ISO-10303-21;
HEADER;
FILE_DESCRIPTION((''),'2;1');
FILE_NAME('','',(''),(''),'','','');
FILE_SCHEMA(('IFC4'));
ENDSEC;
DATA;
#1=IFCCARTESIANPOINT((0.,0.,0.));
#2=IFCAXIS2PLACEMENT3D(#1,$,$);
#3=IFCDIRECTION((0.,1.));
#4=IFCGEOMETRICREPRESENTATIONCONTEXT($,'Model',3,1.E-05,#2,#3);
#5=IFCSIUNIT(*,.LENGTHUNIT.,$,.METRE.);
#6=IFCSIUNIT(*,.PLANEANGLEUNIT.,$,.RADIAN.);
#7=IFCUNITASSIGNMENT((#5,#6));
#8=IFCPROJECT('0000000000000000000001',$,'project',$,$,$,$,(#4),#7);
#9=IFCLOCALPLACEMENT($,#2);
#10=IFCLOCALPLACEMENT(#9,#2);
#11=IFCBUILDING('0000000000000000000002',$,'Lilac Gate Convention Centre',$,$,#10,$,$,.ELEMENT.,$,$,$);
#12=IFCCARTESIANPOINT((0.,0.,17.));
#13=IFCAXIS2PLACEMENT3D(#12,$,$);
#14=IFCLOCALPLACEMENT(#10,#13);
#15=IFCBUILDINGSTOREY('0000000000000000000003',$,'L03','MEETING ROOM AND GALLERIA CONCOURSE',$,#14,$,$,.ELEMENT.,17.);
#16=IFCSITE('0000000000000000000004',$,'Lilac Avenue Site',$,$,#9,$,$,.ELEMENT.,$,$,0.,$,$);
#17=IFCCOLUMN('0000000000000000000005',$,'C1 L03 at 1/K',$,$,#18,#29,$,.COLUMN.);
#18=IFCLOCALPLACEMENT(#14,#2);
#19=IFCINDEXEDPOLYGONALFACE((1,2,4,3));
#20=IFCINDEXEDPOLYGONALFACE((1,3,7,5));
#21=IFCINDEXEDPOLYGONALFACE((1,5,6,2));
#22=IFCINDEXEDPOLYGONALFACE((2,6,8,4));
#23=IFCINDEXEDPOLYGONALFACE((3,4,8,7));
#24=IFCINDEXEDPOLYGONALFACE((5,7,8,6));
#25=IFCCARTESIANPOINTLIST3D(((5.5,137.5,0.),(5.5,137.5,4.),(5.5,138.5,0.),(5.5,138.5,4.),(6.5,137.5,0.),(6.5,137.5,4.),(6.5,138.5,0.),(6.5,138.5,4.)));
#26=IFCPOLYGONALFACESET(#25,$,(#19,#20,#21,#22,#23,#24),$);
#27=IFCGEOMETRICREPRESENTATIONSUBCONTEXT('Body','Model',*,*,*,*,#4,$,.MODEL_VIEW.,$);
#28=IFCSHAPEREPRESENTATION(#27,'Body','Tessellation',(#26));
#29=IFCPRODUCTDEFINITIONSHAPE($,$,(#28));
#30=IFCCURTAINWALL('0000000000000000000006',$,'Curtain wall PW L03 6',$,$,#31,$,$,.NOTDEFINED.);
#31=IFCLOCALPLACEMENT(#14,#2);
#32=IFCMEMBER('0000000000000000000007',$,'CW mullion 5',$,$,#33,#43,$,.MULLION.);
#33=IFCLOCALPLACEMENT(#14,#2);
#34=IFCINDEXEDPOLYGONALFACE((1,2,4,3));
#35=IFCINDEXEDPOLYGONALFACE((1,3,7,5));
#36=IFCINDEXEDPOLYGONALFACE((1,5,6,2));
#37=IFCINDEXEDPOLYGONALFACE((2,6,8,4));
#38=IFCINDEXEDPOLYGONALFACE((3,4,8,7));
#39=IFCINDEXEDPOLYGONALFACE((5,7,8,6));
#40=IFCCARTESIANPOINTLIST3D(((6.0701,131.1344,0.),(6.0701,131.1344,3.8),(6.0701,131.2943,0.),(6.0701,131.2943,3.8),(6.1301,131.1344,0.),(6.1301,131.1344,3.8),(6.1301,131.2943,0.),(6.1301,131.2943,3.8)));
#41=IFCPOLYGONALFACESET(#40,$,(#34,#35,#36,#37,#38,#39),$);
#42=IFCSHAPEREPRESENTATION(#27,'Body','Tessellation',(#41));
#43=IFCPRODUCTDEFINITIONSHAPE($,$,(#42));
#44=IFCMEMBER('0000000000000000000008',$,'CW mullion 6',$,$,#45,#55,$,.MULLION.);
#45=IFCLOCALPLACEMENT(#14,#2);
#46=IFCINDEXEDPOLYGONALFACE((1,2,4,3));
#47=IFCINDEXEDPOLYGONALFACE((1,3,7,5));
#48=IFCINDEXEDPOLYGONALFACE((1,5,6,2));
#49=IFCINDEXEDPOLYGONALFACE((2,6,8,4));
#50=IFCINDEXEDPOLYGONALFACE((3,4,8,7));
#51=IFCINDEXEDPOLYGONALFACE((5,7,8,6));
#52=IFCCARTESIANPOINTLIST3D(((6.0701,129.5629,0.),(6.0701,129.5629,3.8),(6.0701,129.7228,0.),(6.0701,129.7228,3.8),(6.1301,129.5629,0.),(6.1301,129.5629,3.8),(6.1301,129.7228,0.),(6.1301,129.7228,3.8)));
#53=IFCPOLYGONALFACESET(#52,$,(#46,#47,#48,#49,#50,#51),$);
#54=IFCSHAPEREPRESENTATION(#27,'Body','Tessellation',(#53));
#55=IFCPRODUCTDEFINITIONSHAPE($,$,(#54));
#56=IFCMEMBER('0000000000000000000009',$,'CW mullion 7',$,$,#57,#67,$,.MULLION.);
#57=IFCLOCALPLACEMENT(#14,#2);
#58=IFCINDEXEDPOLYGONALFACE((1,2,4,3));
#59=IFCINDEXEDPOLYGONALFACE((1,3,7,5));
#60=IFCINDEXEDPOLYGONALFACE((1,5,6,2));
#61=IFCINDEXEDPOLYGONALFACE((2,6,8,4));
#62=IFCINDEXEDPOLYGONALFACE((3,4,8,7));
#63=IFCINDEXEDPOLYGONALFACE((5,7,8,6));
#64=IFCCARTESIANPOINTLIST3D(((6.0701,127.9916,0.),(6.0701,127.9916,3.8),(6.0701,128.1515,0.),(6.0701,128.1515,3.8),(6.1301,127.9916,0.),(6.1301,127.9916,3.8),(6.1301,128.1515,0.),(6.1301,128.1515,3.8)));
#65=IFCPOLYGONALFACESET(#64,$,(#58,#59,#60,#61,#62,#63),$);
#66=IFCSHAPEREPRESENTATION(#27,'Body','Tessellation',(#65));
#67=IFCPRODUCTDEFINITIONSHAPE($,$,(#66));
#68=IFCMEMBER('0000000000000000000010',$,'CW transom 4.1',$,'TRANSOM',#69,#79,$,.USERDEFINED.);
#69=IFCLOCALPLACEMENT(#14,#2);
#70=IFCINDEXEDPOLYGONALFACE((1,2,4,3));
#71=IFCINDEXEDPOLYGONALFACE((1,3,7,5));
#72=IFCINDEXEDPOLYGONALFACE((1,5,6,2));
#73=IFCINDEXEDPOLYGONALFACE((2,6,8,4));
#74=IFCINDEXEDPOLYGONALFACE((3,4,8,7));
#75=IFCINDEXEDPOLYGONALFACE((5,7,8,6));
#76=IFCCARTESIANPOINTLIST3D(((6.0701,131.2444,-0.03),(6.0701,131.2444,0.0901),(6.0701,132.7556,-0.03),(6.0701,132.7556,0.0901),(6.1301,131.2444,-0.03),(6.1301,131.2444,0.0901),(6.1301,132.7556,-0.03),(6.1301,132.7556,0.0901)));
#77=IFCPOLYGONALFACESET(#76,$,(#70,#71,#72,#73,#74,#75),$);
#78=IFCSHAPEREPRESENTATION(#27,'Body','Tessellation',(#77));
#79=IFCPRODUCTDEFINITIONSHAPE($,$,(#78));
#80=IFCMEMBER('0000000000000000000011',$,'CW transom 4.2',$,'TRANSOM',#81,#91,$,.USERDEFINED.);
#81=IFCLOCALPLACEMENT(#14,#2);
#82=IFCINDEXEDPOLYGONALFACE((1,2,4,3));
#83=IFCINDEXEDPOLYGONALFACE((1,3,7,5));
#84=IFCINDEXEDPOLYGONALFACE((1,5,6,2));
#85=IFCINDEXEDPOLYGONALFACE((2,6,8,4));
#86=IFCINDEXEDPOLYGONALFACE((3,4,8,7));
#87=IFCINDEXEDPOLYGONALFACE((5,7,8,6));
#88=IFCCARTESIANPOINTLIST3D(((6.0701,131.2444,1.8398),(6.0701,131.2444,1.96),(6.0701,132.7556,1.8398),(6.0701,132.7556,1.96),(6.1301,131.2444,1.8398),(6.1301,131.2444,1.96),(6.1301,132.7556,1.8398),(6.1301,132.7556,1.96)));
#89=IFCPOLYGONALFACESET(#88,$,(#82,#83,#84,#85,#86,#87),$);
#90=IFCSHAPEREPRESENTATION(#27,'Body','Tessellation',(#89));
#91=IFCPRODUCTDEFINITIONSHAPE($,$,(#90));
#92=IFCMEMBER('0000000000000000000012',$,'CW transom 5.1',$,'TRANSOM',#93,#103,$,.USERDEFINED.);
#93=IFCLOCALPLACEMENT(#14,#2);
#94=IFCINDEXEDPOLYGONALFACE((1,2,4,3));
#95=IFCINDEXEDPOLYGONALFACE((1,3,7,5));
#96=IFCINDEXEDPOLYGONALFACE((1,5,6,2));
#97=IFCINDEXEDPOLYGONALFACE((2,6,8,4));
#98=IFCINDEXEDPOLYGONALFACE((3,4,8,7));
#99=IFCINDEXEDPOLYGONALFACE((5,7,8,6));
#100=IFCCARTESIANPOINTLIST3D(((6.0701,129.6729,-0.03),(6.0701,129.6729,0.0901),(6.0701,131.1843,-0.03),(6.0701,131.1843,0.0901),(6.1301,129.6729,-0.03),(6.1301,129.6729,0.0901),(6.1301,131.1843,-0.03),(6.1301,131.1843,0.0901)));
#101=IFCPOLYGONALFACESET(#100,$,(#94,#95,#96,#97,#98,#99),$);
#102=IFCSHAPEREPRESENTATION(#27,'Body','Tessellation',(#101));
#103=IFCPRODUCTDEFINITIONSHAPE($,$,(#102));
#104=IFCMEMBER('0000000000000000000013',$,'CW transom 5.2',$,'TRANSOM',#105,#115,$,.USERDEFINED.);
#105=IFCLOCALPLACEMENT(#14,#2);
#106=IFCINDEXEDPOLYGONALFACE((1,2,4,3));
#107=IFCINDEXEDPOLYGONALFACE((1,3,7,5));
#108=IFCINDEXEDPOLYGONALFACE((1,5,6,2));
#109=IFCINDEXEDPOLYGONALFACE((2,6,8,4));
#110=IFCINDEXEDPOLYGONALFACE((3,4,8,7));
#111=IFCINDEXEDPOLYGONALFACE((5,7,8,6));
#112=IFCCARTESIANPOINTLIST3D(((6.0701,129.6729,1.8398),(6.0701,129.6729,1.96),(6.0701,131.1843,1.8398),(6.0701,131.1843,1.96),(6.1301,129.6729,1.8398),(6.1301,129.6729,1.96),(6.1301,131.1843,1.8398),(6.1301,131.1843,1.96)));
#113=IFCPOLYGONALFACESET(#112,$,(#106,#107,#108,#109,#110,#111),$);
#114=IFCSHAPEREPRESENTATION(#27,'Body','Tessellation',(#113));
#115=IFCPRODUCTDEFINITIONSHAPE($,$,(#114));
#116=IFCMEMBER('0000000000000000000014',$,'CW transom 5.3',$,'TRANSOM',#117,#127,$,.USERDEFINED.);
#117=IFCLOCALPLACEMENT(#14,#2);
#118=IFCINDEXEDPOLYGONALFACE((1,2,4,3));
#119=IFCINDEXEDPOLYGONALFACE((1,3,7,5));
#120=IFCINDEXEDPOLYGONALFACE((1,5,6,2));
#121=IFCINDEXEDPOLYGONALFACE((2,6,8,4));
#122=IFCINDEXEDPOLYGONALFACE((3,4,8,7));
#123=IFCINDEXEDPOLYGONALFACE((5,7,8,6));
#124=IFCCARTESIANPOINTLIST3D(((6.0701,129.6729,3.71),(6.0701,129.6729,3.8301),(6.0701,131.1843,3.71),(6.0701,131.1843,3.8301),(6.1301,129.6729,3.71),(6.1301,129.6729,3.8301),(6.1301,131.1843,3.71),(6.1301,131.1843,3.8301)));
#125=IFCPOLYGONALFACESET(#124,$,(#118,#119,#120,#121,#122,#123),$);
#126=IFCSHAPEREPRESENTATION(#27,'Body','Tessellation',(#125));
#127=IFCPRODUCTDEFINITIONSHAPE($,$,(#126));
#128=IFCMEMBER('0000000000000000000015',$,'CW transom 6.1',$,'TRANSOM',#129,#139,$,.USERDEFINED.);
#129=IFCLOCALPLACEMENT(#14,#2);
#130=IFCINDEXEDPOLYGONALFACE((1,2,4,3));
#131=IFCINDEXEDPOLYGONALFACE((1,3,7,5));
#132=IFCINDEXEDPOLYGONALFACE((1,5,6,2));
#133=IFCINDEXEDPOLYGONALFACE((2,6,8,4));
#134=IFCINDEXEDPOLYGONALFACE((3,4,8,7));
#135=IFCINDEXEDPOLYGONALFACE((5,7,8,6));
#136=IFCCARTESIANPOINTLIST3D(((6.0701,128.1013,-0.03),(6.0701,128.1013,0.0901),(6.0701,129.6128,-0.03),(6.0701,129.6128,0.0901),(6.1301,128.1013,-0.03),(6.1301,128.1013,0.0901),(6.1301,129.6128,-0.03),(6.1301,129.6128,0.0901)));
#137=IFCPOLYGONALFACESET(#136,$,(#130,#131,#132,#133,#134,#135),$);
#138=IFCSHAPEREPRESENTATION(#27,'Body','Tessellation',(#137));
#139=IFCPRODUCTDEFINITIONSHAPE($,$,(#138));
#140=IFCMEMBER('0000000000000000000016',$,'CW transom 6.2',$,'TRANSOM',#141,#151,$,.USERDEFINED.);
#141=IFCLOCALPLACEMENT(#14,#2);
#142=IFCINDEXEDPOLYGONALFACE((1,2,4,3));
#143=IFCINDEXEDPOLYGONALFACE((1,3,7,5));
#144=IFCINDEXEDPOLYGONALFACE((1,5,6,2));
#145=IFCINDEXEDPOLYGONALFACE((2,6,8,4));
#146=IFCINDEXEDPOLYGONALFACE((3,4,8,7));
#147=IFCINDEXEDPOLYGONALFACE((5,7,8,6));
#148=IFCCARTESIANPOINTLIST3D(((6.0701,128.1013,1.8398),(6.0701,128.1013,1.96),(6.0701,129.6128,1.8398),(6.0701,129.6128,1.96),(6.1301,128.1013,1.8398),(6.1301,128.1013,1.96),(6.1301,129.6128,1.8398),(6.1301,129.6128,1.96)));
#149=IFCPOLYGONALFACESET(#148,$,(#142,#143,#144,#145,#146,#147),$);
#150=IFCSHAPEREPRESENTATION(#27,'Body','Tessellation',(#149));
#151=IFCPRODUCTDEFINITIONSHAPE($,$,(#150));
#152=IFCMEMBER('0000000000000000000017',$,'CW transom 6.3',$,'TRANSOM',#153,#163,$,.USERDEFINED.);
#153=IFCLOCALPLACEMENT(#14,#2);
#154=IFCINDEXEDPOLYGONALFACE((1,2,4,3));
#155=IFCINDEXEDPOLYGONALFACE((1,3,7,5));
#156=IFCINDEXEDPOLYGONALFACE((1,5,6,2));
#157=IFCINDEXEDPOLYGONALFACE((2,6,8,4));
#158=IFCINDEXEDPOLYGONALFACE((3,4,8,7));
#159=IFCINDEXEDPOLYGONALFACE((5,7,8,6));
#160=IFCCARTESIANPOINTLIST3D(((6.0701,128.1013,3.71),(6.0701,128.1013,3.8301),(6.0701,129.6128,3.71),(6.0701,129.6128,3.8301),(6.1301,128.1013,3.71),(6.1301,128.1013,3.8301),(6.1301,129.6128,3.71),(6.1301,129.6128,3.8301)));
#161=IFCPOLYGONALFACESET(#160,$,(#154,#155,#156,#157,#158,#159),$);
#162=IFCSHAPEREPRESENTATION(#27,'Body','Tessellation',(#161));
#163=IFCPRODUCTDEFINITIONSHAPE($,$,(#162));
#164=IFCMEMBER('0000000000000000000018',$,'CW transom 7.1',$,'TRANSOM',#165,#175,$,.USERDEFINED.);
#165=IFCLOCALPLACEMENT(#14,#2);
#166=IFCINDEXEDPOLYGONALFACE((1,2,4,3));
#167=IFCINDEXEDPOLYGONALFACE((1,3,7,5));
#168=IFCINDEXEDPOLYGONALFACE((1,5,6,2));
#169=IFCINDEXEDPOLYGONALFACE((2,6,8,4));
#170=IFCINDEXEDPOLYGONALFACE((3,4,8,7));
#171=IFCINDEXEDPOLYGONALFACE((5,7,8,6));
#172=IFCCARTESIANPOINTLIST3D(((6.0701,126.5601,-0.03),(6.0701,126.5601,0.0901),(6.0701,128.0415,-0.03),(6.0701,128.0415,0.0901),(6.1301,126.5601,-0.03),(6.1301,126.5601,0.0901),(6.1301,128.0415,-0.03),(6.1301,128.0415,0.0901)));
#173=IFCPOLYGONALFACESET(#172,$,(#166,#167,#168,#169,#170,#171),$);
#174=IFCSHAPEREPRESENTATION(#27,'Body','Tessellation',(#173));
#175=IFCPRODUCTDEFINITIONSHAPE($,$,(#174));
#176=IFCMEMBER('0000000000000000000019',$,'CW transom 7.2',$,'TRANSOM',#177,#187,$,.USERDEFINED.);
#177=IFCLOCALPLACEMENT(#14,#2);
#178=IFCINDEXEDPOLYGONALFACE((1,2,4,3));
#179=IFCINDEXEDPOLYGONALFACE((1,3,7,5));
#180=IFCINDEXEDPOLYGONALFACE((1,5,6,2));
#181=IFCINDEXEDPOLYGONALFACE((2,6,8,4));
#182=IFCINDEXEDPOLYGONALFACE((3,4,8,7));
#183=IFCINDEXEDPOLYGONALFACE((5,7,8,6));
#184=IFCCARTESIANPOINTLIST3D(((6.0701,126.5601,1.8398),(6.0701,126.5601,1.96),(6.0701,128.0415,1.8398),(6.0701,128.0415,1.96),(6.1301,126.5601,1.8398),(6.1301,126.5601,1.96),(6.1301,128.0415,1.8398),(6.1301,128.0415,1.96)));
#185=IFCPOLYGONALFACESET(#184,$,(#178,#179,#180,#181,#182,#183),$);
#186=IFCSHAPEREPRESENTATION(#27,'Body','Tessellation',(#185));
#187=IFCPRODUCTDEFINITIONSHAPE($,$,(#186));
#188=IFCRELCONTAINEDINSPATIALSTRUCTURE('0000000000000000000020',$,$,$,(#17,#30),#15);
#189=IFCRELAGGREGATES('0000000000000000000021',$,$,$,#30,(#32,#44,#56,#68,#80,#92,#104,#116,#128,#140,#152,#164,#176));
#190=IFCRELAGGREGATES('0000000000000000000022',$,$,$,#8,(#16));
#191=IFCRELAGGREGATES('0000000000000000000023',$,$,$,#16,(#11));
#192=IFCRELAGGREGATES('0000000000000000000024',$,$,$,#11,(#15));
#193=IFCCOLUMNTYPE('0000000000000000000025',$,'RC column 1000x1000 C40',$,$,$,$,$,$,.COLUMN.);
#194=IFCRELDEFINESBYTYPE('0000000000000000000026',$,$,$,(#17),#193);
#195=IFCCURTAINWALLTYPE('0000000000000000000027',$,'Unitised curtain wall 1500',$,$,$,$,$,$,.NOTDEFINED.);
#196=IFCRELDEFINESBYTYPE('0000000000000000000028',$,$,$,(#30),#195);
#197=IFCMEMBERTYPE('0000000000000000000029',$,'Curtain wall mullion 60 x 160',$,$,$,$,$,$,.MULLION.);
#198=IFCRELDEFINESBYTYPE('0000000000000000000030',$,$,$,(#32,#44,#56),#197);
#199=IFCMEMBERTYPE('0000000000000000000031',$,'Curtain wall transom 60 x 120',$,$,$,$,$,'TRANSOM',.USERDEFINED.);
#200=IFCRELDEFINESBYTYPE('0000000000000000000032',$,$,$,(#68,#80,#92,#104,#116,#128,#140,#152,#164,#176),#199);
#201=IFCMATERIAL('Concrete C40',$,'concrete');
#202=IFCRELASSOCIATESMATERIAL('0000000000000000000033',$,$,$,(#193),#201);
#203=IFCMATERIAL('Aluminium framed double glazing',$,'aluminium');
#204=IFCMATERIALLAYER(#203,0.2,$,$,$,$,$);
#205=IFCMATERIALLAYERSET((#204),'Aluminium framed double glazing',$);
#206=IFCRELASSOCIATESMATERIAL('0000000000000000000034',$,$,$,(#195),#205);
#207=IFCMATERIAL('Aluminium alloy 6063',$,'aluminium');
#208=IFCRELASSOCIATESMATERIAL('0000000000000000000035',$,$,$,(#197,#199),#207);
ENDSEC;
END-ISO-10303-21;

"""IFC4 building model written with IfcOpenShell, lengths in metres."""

from ifc_helpers import new_model, si_unit, direction, frame, origin, origin_2d, place, context, subcontext, project, spatial, rectangle, extrude, material, layer, layer_set, material_profile, profile_set, type_object, element, aggregate, save


model = new_model("IFC4")

# Units and contexts
model_context = context("Model", 3, precision=1e-05, world=origin(), true_north=direction((0.0, 1.0)))
body_context = subcontext(model_context, "Body", "Model", "MODEL_VIEW")
ifc_project = project(units=[si_unit("LENGTHUNIT", "METRE"), si_unit("PLANEANGLEUNIT", "RADIAN")], contexts=[model_context])

# Site, building, storey
site_placement = place(None, origin())
site = spatial("IfcSite", under=ifc_project, at=site_placement, Name="Lilac Avenue Site", CompositionType="ELEMENT", RefElevation=0.0)
building_placement = place(site_placement, origin())
building = spatial("IfcBuilding", under=site, at=building_placement, Name="Lilac Gate Convention Centre", CompositionType="ELEMENT")
storey_placement = place(building_placement, frame((0.0, 0.0, 17.0)))
storey = spatial("IfcBuildingStorey", under=building, at=storey_placement, Name="L03", Description="MEETING ROOM AND GALLERIA CONCOURSE", CompositionType="ELEMENT", Elevation=17.0)

# Column
ifc_material_1 = material(Name="Concrete C40", Category="concrete")
ifc_material_profile_1 = material_profile(ifc_material_1, rectangle(XDim=1.0, YDim=1.0, at=origin_2d()), Name="RC 1000x1000")
ifc_profile_set_1 = profile_set([ifc_material_profile_1], Name="Concrete C40")
column_type = type_object("IfcColumnType", Name="RC column 1000x1000 C40", PredefinedType="COLUMN", material=ifc_profile_set_1)
column_placement = place(storey_placement, frame((6.0, 138.0, 0.0), z_axis=(0.0, 0.0, 1.0), x_axis=(1.0, 0.0, 0.0)))
element("IfcColumn", 1, at=column_placement, inside=storey, type_object=column_type, Name="C1 L03 at 1/K", PredefinedType="COLUMN", context=body_context, shape_type="SweptSolid", body=[
    extrude(rectangle(XDim=1.0, YDim=1.0, at=origin_2d()), origin(), (0.0, 0.0, 1.0), 4.0),
])

# Curtain wall, members
ifc_material_2 = material(Name="Aluminium framed double glazing", Category="aluminium")
ifc_layer_1 = layer(ifc_material_2, 0.2)
ifc_layer_set_1 = layer_set([ifc_layer_1], Name="Aluminium framed double glazing")
curtain_wall_type = type_object("IfcCurtainWallType", Name="Unitised curtain wall 1500", PredefinedType="NOTDEFINED", material=ifc_layer_set_1)
curtain_wall_placement = place(storey_placement, origin())
curtain_wall = element("IfcCurtainWall", 2, at=curtain_wall_placement, inside=storey, type_object=curtain_wall_type, Name="Curtain wall PW L03 6", PredefinedType="NOTDEFINED")
ifc_material_3 = material(Name="Aluminium alloy 6063", Category="aluminium")
ifc_material_profile_2 = material_profile(ifc_material_3, rectangle(XDim=0.0601, YDim=0.1599, at=origin_2d()), Name="Curtain wall mullion 60 x 160")
ifc_profile_set_2 = profile_set([ifc_material_profile_2], Name="Aluminium alloy 6063")
member_type_1 = type_object("IfcMemberType", Name="Curtain wall mullion 60 x 160", PredefinedType="MULLION", material=ifc_profile_set_2)
member_1_placement = place(storey_placement, frame((6.1001, 131.2144, 0.0), z_axis=(0.0, 0.0, 1.0), x_axis=(1.0, 0.0, 0.0)))
member_1 = element("IfcMember", 3, at=member_1_placement, type_object=member_type_1, Name="CW mullion 5", PredefinedType="MULLION", context=body_context, shape_type="SweptSolid", body=[
    extrude(rectangle(XDim=0.0601, YDim=0.1599, at=origin_2d()), origin(), (0.0, 0.0, 1.0), 3.8),
])
member_2_placement = place(storey_placement, frame((6.1001, 129.6428, 0.0), z_axis=(0.0, 0.0, 1.0), x_axis=(1.0, 0.0, 0.0)))
member_2 = element("IfcMember", 4, at=member_2_placement, type_object=member_type_1, Name="CW mullion 6", PredefinedType="MULLION", context=body_context, shape_type="SweptSolid", body=[
    extrude(rectangle(XDim=0.0601, YDim=0.1599, at=origin_2d()), origin(), (0.0, 0.0, 1.0), 3.8),
])
member_3_placement = place(storey_placement, frame((6.1001, 128.0715, 0.0), z_axis=(0.0, 0.0, 1.0), x_axis=(1.0, 0.0, 0.0)))
member_3 = element("IfcMember", 5, at=member_3_placement, type_object=member_type_1, Name="CW mullion 7", PredefinedType="MULLION", context=body_context, shape_type="SweptSolid", body=[
    extrude(rectangle(XDim=0.0601, YDim=0.1599, at=origin_2d()), origin(), (0.0, 0.0, 1.0), 3.8),
])
ifc_material_profile_3 = material_profile(ifc_material_3, rectangle(XDim=0.0601, YDim=0.1201, at=origin_2d()), Name="Curtain wall transom 60 x 120")
ifc_profile_set_3 = profile_set([ifc_material_profile_3], Name="Aluminium alloy 6063")
member_type_2 = type_object("IfcMemberType", Name="Curtain wall transom 60 x 120", ElementType="TRANSOM", PredefinedType="USERDEFINED", material=ifc_profile_set_3)
member_4_placement = place(storey_placement, frame((6.1001, 132.7556, 0.03), z_axis=(0.0, -1.0, 0.0), x_axis=(1.0, 0.0, 0.0)))
member_4 = element("IfcMember", 6, at=member_4_placement, type_object=member_type_2, Name="CW transom 4.1", ObjectType="TRANSOM", PredefinedType="USERDEFINED", context=body_context, shape_type="SweptSolid", body=[
    extrude(rectangle(XDim=0.0601, YDim=0.1201, at=origin_2d()), origin(), (0.0, 0.0, 1.0), 1.5112),
])
member_5_placement = place(storey_placement, frame((6.1001, 132.7556, 1.8999), z_axis=(0.0, -1.0, 0.0), x_axis=(1.0, 0.0, 0.0)))
member_5 = element("IfcMember", 7, at=member_5_placement, type_object=member_type_2, Name="CW transom 4.2", ObjectType="TRANSOM", PredefinedType="USERDEFINED", context=body_context, shape_type="SweptSolid", body=[
    extrude(rectangle(XDim=0.0601, YDim=0.1201, at=origin_2d()), origin(), (0.0, 0.0, 1.0), 1.5112),
])
member_6_placement = place(storey_placement, frame((6.1001, 131.1843, 0.03), z_axis=(0.0, -1.0, 0.0), x_axis=(1.0, 0.0, 0.0)))
member_6 = element("IfcMember", 8, at=member_6_placement, type_object=member_type_2, Name="CW transom 5.1", ObjectType="TRANSOM", PredefinedType="USERDEFINED", context=body_context, shape_type="SweptSolid", body=[
    extrude(rectangle(XDim=0.0601, YDim=0.1201, at=origin_2d()), origin(), (0.0, 0.0, 1.0), 1.5115),
])
member_7_placement = place(storey_placement, frame((6.1001, 131.1843, 1.8999), z_axis=(0.0, -1.0, 0.0), x_axis=(1.0, 0.0, 0.0)))
member_7 = element("IfcMember", 9, at=member_7_placement, type_object=member_type_2, Name="CW transom 5.2", ObjectType="TRANSOM", PredefinedType="USERDEFINED", context=body_context, shape_type="SweptSolid", body=[
    extrude(rectangle(XDim=0.0601, YDim=0.1201, at=origin_2d()), origin(), (0.0, 0.0, 1.0), 1.5115),
])
member_8_placement = place(storey_placement, frame((6.1001, 131.1843, 3.77), z_axis=(0.0, -1.0, 0.0), x_axis=(1.0, 0.0, 0.0)))
member_8 = element("IfcMember", 10, at=member_8_placement, type_object=member_type_2, Name="CW transom 5.3", ObjectType="TRANSOM", PredefinedType="USERDEFINED", context=body_context, shape_type="SweptSolid", body=[
    extrude(rectangle(XDim=0.0601, YDim=0.1201, at=origin_2d()), origin(), (0.0, 0.0, 1.0), 1.5115),
])
member_9_placement = place(storey_placement, frame((6.1001, 129.6128, 0.03), z_axis=(0.0, -1.0, 0.0), x_axis=(1.0, 0.0, 0.0)))
member_9 = element("IfcMember", 11, at=member_9_placement, type_object=member_type_2, Name="CW transom 6.1", ObjectType="TRANSOM", PredefinedType="USERDEFINED", context=body_context, shape_type="SweptSolid", body=[
    extrude(rectangle(XDim=0.0601, YDim=0.1201, at=origin_2d()), origin(), (0.0, 0.0, 1.0), 1.5115),
])
member_10_placement = place(storey_placement, frame((6.1001, 129.6128, 1.8999), z_axis=(0.0, -1.0, 0.0), x_axis=(1.0, 0.0, 0.0)))
member_10 = element("IfcMember", 12, at=member_10_placement, type_object=member_type_2, Name="CW transom 6.2", ObjectType="TRANSOM", PredefinedType="USERDEFINED", context=body_context, shape_type="SweptSolid", body=[
    extrude(rectangle(XDim=0.0601, YDim=0.1201, at=origin_2d()), origin(), (0.0, 0.0, 1.0), 1.5115),
])
member_11_placement = place(storey_placement, frame((6.1001, 129.6128, 3.77), z_axis=(0.0, -1.0, 0.0), x_axis=(1.0, 0.0, 0.0)))
member_11 = element("IfcMember", 13, at=member_11_placement, type_object=member_type_2, Name="CW transom 6.3", ObjectType="TRANSOM", PredefinedType="USERDEFINED", context=body_context, shape_type="SweptSolid", body=[
    extrude(rectangle(XDim=0.0601, YDim=0.1201, at=origin_2d()), origin(), (0.0, 0.0, 1.0), 1.5115),
])
member_12_placement = place(storey_placement, frame((6.1001, 128.0415, 0.03), z_axis=(0.0, -1.0, 0.0), x_axis=(1.0, 0.0, 0.0)))
member_12 = element("IfcMember", 14, at=member_12_placement, type_object=member_type_2, Name="CW transom 7.1", ObjectType="TRANSOM", PredefinedType="USERDEFINED", context=body_context, shape_type="SweptSolid", body=[
    extrude(rectangle(XDim=0.0601, YDim=0.1201, at=origin_2d()), origin(), (0.0, 0.0, 1.0), 1.4814),
])
member_13_placement = place(storey_placement, frame((6.1001, 128.0415, 1.8999), z_axis=(0.0, -1.0, 0.0), x_axis=(1.0, 0.0, 0.0)))
member_13 = element("IfcMember", 15, at=member_13_placement, type_object=member_type_2, Name="CW transom 7.2", ObjectType="TRANSOM", PredefinedType="USERDEFINED", context=body_context, shape_type="SweptSolid", body=[
    extrude(rectangle(XDim=0.0601, YDim=0.1201, at=origin_2d()), origin(), (0.0, 0.0, 1.0), 1.4814),
])
aggregate(curtain_wall, [member_1, member_2, member_3, member_4, member_5, member_6, member_7, member_8, member_9, member_10, member_11, member_12, member_13])

save(model, "model.ifc")
